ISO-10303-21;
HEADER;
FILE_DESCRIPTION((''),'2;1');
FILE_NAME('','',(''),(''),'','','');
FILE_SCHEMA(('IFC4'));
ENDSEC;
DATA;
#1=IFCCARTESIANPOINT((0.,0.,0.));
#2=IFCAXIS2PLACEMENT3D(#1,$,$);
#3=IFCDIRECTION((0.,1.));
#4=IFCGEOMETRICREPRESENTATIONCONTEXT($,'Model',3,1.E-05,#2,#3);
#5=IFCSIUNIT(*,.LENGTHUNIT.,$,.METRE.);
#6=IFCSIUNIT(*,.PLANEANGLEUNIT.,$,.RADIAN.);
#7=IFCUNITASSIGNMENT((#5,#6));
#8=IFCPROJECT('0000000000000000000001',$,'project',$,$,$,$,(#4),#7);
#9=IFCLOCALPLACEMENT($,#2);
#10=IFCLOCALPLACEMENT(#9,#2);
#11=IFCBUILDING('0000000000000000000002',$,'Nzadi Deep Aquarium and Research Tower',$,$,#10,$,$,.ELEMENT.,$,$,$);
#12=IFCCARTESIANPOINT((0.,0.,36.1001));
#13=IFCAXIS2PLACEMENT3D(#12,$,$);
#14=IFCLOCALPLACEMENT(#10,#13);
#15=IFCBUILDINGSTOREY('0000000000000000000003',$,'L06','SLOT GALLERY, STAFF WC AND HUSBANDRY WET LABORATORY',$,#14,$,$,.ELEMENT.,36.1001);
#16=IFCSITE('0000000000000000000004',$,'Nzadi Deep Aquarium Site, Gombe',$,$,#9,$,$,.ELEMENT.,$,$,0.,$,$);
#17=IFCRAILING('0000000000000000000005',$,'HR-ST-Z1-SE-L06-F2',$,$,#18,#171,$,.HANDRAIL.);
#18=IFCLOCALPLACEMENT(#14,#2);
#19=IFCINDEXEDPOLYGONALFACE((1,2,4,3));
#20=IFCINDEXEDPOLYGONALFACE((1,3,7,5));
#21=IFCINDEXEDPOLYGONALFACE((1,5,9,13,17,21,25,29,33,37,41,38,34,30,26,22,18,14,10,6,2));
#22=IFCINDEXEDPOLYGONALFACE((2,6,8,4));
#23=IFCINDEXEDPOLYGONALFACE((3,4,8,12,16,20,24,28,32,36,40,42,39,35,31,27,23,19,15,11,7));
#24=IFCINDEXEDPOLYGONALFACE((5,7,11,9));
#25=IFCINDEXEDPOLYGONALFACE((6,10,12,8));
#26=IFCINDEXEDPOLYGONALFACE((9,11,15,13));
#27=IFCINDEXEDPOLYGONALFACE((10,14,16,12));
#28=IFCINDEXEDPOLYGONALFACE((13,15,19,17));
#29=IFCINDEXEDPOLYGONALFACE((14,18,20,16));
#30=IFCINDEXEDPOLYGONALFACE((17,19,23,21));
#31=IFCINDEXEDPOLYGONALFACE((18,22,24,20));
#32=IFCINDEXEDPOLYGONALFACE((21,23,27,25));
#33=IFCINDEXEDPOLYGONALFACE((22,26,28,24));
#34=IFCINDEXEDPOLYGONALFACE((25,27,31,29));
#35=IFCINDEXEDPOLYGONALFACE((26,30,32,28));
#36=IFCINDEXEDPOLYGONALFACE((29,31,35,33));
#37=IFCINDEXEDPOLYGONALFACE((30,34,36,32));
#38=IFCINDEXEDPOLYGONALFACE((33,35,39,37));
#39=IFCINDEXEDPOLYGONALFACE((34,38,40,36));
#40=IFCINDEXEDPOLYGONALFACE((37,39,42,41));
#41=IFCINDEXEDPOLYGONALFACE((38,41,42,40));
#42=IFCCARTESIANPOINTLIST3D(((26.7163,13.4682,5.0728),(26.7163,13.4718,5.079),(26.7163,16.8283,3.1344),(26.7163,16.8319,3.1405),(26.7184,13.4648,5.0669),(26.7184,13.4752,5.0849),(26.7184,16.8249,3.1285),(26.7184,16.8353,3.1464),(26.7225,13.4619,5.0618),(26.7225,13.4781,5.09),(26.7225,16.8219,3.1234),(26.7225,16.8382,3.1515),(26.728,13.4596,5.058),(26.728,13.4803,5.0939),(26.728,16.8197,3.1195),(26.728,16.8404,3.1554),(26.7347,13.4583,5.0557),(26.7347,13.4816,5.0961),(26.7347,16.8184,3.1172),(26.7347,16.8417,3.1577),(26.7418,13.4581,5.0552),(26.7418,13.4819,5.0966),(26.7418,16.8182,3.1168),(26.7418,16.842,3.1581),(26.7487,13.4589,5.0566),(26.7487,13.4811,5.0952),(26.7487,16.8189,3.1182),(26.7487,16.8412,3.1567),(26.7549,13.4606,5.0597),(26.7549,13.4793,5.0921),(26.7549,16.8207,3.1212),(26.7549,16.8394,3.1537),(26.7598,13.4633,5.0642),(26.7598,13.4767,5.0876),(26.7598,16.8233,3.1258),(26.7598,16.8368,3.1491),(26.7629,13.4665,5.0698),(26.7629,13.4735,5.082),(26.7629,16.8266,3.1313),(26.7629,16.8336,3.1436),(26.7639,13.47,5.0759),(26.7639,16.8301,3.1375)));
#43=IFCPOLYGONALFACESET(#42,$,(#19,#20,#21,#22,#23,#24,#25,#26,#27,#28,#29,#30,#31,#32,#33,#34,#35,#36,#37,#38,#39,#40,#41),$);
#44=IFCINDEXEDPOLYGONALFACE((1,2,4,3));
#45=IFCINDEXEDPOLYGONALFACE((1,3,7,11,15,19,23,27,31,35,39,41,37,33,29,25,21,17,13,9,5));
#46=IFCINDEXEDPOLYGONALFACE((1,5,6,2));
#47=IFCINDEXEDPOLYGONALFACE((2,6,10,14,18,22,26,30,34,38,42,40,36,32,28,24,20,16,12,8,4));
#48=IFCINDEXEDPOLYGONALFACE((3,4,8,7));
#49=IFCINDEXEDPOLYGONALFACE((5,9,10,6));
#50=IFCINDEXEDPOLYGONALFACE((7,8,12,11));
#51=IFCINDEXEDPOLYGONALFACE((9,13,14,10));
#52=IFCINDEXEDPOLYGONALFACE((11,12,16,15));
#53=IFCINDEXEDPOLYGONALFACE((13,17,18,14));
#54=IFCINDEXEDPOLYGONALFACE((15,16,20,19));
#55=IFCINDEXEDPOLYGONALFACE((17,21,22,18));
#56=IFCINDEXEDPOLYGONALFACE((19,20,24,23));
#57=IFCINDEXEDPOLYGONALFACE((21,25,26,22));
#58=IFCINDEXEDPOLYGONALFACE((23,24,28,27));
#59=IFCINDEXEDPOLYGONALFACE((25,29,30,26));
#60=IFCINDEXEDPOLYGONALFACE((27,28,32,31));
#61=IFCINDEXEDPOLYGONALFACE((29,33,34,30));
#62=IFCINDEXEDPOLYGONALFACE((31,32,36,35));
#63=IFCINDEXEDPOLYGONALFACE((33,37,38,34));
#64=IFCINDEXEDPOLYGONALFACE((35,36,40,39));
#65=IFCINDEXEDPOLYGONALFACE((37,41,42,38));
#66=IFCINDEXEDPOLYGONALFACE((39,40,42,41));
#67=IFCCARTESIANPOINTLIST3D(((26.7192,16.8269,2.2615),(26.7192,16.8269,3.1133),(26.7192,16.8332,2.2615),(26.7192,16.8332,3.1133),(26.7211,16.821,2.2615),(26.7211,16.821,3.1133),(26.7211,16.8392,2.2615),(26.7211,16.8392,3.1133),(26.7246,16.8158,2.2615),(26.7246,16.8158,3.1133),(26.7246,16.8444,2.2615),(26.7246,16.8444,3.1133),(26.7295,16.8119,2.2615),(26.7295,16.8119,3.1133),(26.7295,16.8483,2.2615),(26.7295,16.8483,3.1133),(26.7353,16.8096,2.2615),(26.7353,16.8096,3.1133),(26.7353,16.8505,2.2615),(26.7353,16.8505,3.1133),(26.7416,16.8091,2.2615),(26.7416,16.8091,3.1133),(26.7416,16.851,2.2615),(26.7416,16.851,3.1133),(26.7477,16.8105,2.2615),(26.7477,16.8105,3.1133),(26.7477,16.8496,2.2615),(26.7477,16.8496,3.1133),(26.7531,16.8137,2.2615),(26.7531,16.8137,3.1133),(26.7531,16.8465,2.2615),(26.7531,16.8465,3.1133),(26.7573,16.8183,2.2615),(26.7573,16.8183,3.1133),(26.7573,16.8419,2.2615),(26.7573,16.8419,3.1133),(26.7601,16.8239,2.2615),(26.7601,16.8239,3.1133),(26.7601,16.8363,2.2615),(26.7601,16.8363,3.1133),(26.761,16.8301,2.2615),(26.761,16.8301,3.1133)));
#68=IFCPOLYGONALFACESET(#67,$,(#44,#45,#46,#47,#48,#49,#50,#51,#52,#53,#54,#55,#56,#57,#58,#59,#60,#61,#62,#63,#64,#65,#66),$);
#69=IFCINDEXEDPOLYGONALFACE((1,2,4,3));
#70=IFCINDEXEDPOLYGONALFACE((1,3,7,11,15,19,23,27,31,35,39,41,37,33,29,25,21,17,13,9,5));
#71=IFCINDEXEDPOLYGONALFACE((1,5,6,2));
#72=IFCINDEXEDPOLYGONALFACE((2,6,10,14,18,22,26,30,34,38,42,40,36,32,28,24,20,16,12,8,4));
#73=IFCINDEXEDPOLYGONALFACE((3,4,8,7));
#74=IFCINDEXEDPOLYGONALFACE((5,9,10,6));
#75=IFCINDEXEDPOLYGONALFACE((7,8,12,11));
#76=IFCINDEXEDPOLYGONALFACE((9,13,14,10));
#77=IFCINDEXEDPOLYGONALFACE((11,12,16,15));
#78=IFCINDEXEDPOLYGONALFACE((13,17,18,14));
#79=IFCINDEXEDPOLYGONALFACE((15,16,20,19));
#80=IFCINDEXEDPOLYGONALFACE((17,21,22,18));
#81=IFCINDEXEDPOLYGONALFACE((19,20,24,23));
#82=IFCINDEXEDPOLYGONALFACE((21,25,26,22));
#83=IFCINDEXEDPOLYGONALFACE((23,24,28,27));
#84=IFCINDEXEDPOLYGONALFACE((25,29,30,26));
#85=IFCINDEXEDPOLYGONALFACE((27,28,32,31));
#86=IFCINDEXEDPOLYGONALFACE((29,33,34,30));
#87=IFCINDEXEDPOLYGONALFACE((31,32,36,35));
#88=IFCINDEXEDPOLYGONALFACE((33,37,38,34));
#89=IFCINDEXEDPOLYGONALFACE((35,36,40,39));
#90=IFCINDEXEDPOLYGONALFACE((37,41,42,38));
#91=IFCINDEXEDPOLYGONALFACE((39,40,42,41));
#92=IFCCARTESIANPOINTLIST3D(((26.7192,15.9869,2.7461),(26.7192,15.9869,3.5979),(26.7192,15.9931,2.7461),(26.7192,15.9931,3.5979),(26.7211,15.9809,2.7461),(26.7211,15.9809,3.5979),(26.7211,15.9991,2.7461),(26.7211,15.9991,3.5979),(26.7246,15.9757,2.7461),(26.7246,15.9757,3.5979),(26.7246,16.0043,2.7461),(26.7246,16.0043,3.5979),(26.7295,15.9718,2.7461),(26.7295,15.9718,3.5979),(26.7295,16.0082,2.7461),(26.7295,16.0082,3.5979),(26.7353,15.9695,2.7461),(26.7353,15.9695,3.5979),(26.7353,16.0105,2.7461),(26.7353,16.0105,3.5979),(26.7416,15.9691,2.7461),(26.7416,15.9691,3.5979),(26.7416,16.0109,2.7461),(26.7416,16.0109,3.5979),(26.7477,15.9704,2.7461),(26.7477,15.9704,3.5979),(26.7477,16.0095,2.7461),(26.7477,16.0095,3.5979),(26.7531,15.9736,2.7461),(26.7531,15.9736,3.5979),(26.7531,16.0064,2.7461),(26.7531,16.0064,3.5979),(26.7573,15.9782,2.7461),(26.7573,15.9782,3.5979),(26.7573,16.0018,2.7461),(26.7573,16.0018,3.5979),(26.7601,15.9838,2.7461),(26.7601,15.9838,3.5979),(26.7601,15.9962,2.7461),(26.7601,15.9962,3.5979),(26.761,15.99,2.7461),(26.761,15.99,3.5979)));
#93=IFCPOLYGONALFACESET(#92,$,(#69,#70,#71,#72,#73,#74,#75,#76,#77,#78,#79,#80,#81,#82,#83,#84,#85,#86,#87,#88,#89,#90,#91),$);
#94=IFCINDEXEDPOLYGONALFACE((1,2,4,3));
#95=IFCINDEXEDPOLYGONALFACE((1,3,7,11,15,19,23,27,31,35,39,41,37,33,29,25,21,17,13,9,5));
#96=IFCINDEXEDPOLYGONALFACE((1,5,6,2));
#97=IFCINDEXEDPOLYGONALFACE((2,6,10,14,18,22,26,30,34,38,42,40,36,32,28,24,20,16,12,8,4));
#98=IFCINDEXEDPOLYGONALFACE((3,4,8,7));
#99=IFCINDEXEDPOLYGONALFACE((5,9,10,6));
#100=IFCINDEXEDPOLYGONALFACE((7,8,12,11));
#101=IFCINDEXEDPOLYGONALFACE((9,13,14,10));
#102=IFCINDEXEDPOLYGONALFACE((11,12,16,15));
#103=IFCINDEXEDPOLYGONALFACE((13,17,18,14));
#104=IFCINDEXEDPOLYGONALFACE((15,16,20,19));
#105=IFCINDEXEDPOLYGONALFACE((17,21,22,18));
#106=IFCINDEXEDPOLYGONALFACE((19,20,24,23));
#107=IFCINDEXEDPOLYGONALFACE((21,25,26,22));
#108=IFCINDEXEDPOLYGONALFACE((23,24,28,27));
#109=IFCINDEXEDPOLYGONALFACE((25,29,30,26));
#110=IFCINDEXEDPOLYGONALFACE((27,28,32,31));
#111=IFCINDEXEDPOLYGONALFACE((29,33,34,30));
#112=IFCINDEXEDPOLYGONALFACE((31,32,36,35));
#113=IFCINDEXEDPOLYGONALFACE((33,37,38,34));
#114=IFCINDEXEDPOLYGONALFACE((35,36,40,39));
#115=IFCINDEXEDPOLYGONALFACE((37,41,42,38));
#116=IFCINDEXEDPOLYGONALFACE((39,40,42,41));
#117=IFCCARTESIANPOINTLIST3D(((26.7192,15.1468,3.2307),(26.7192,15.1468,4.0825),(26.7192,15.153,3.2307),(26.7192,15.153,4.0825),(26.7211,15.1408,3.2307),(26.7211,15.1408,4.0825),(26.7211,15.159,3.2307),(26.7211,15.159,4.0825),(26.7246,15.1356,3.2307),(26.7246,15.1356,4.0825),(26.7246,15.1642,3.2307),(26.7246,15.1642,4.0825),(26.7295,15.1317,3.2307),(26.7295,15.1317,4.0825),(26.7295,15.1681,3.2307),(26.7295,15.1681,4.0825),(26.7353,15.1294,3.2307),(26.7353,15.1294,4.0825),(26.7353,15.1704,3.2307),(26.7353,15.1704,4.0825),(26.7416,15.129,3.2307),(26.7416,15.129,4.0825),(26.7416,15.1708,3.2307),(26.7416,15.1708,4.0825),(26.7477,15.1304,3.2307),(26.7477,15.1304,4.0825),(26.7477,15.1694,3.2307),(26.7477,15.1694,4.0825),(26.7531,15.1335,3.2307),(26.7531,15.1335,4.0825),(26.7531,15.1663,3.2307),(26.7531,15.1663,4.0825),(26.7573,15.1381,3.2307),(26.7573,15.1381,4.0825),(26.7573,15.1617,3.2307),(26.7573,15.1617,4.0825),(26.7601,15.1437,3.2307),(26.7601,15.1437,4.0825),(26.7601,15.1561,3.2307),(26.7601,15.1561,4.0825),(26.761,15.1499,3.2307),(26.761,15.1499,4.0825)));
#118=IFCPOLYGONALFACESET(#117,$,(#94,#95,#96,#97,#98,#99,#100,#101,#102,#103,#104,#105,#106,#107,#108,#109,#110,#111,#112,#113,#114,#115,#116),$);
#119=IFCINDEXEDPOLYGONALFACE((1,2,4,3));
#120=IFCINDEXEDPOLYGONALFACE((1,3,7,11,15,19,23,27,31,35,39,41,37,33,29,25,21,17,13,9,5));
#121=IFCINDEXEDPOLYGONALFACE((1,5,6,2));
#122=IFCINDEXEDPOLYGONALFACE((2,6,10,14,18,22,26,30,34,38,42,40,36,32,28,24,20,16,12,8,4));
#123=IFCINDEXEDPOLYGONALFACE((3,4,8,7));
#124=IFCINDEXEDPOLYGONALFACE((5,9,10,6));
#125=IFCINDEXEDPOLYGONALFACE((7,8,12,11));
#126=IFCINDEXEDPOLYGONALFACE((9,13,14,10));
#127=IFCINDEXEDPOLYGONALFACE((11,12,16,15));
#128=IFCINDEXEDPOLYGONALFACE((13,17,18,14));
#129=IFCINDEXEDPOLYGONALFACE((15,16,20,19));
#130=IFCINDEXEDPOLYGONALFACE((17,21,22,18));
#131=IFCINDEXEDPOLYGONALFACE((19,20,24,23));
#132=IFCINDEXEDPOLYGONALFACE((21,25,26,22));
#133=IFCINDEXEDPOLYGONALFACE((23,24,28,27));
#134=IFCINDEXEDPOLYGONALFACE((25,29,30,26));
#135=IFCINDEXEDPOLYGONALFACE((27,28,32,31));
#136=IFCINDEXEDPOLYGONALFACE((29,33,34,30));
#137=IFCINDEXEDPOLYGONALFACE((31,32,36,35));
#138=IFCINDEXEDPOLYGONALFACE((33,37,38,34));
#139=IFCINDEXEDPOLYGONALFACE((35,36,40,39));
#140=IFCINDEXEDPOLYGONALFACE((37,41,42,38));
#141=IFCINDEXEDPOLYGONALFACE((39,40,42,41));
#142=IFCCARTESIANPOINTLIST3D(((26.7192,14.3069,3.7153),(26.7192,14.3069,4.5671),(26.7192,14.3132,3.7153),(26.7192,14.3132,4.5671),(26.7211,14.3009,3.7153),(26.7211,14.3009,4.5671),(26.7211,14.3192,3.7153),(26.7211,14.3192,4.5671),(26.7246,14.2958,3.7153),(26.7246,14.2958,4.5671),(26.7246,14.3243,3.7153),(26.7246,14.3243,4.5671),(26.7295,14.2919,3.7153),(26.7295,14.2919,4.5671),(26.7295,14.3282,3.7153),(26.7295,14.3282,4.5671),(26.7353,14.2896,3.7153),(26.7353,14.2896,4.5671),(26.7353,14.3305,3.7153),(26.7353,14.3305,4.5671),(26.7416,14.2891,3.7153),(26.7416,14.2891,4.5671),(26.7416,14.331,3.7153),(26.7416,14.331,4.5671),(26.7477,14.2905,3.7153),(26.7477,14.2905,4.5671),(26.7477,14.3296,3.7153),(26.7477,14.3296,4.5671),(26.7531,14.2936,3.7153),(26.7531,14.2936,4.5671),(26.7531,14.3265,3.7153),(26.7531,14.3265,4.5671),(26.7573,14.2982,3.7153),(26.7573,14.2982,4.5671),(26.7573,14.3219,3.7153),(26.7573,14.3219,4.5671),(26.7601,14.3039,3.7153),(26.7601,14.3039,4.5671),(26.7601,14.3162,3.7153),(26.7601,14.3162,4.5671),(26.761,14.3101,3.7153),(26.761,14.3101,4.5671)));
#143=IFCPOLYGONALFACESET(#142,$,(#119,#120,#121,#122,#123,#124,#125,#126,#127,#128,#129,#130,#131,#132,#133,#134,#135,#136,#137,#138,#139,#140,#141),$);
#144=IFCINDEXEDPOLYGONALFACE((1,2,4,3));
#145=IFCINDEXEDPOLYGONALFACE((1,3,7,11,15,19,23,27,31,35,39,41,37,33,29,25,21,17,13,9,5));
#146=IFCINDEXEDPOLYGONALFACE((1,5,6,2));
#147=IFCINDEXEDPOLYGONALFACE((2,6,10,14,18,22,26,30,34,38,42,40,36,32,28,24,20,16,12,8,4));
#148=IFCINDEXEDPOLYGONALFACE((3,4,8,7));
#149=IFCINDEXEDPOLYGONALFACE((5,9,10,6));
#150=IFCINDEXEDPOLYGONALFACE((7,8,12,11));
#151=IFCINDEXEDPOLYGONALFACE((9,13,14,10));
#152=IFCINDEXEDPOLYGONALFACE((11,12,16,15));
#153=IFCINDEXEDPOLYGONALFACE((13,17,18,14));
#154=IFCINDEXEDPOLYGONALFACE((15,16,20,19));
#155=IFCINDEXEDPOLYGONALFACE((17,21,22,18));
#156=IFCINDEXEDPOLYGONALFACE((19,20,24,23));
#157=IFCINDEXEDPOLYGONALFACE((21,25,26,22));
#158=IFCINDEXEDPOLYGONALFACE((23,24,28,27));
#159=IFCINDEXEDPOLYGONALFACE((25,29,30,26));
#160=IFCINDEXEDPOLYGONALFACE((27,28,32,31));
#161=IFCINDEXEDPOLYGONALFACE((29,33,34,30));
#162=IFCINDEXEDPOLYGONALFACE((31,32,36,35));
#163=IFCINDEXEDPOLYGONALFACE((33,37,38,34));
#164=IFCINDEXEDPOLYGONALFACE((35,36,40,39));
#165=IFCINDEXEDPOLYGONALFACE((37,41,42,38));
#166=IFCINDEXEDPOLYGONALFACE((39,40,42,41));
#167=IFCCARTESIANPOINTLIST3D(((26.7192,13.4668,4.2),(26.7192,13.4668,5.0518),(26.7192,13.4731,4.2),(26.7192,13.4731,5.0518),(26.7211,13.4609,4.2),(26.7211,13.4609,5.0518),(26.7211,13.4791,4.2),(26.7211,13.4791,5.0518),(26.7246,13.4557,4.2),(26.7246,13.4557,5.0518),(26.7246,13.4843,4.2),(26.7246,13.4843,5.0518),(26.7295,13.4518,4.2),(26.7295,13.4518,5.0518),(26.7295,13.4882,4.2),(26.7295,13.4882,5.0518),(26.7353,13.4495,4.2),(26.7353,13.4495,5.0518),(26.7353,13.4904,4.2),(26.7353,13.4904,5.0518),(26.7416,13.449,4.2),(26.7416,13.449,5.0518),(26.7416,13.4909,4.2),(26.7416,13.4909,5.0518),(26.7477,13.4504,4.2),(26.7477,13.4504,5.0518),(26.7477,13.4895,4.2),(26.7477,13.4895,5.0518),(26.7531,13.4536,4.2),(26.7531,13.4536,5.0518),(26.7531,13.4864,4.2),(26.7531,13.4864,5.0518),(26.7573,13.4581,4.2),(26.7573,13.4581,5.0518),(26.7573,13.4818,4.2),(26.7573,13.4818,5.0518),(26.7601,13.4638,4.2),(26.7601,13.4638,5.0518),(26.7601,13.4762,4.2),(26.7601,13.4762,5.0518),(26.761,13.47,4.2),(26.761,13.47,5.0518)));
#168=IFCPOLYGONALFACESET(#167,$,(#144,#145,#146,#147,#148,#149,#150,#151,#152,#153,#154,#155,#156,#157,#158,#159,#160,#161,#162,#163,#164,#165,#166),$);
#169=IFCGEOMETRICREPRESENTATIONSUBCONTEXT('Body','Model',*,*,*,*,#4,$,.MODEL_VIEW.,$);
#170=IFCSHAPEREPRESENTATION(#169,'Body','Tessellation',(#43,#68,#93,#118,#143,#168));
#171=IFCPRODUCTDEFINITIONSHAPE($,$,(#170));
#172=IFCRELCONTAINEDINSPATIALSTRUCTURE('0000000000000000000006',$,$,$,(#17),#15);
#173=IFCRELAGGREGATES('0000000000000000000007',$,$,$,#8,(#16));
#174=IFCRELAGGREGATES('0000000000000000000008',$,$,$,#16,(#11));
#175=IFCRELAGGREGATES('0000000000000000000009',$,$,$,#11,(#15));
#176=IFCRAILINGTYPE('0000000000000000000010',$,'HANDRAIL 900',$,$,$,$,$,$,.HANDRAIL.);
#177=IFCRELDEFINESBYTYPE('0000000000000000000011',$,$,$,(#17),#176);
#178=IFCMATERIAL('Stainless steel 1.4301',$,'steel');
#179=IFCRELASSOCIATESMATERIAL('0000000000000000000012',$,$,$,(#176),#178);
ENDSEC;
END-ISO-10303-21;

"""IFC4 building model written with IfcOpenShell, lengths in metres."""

from ifc_helpers import new_model, si_unit, direction, frame, origin, origin_2d, place, context, subcontext, project, spatial, circle, extrude, material, type_object, element, save


model = new_model("IFC4")

# Units and contexts
model_context = context("Model", 3, precision=1e-05, world=origin(), true_north=direction((0.0, 1.0)))
body_context = subcontext(model_context, "Body", "Model", "MODEL_VIEW")
ifc_project = project(units=[si_unit("LENGTHUNIT", "METRE"), si_unit("PLANEANGLEUNIT", "RADIAN")], contexts=[model_context])

# Site, building, storey
site_placement = place(None, origin())
site = spatial("IfcSite", under=ifc_project, at=site_placement, Name="Nzadi Deep Aquarium Site, Gombe", CompositionType="ELEMENT", RefElevation=0.0)
building_placement = place(site_placement, origin())
building = spatial("IfcBuilding", under=site, at=building_placement, Name="Nzadi Deep Aquarium and Research Tower", CompositionType="ELEMENT")
storey_placement = place(building_placement, frame((0.0, 0.0, 36.1001)))
storey = spatial("IfcBuildingStorey", under=building, at=storey_placement, Name="L06", Description="SLOT GALLERY, STAFF WC AND HUSBANDRY WET LABORATORY", CompositionType="ELEMENT", Elevation=36.1001)

# Railing
ifc_material_1 = material(Name="Stainless steel 1.4301", Category="steel")
railing_type = type_object("IfcRailingType", Name="HANDRAIL 900", PredefinedType="HANDRAIL", material=ifc_material_1)
for number, where, name in (
    (1, (26.74, 16.8301, 2.2615), "HR-ST-Z1-SE-L06-F2"),
):
    element("IfcRailing", number, at=place(storey_placement, frame(where)), inside=storey, type_object=railing_type, Name=name, PredefinedType="HANDRAIL", context=body_context, shape_type="SweptSolid", body=[
        extrude(circle(Radius=0.0239, at=origin_2d()), frame((0.0, 0.0, 0.876), z_axis=(0.0, -0.866191, 0.499713), x_axis=(1.0, 0.0, 0.0)), (0.0, 0.0, 1.0), 3.8792),
        extrude(circle(Radius=0.021, at=origin_2d()), origin(), (0.0, 0.0, 1.0), 0.8518),
        extrude(circle(Radius=0.021, at=origin_2d()), frame((0.0, -0.8401, 0.4846)), (0.0, 0.0, 1.0), 0.8518),
        extrude(circle(Radius=0.021, at=origin_2d()), frame((0.0, -1.6802, 0.9692)), (0.0, 0.0, 1.0), 0.8518),
        extrude(circle(Radius=0.021, at=origin_2d()), frame((0.0, -2.52, 1.4539)), (0.0, 0.0, 1.0), 0.8518),
        extrude(circle(Radius=0.021, at=origin_2d()), frame((0.0, -3.3601, 1.9385)), (0.0, 0.0, 1.0), 0.8518),
    ])

save(model, "model.ifc")
